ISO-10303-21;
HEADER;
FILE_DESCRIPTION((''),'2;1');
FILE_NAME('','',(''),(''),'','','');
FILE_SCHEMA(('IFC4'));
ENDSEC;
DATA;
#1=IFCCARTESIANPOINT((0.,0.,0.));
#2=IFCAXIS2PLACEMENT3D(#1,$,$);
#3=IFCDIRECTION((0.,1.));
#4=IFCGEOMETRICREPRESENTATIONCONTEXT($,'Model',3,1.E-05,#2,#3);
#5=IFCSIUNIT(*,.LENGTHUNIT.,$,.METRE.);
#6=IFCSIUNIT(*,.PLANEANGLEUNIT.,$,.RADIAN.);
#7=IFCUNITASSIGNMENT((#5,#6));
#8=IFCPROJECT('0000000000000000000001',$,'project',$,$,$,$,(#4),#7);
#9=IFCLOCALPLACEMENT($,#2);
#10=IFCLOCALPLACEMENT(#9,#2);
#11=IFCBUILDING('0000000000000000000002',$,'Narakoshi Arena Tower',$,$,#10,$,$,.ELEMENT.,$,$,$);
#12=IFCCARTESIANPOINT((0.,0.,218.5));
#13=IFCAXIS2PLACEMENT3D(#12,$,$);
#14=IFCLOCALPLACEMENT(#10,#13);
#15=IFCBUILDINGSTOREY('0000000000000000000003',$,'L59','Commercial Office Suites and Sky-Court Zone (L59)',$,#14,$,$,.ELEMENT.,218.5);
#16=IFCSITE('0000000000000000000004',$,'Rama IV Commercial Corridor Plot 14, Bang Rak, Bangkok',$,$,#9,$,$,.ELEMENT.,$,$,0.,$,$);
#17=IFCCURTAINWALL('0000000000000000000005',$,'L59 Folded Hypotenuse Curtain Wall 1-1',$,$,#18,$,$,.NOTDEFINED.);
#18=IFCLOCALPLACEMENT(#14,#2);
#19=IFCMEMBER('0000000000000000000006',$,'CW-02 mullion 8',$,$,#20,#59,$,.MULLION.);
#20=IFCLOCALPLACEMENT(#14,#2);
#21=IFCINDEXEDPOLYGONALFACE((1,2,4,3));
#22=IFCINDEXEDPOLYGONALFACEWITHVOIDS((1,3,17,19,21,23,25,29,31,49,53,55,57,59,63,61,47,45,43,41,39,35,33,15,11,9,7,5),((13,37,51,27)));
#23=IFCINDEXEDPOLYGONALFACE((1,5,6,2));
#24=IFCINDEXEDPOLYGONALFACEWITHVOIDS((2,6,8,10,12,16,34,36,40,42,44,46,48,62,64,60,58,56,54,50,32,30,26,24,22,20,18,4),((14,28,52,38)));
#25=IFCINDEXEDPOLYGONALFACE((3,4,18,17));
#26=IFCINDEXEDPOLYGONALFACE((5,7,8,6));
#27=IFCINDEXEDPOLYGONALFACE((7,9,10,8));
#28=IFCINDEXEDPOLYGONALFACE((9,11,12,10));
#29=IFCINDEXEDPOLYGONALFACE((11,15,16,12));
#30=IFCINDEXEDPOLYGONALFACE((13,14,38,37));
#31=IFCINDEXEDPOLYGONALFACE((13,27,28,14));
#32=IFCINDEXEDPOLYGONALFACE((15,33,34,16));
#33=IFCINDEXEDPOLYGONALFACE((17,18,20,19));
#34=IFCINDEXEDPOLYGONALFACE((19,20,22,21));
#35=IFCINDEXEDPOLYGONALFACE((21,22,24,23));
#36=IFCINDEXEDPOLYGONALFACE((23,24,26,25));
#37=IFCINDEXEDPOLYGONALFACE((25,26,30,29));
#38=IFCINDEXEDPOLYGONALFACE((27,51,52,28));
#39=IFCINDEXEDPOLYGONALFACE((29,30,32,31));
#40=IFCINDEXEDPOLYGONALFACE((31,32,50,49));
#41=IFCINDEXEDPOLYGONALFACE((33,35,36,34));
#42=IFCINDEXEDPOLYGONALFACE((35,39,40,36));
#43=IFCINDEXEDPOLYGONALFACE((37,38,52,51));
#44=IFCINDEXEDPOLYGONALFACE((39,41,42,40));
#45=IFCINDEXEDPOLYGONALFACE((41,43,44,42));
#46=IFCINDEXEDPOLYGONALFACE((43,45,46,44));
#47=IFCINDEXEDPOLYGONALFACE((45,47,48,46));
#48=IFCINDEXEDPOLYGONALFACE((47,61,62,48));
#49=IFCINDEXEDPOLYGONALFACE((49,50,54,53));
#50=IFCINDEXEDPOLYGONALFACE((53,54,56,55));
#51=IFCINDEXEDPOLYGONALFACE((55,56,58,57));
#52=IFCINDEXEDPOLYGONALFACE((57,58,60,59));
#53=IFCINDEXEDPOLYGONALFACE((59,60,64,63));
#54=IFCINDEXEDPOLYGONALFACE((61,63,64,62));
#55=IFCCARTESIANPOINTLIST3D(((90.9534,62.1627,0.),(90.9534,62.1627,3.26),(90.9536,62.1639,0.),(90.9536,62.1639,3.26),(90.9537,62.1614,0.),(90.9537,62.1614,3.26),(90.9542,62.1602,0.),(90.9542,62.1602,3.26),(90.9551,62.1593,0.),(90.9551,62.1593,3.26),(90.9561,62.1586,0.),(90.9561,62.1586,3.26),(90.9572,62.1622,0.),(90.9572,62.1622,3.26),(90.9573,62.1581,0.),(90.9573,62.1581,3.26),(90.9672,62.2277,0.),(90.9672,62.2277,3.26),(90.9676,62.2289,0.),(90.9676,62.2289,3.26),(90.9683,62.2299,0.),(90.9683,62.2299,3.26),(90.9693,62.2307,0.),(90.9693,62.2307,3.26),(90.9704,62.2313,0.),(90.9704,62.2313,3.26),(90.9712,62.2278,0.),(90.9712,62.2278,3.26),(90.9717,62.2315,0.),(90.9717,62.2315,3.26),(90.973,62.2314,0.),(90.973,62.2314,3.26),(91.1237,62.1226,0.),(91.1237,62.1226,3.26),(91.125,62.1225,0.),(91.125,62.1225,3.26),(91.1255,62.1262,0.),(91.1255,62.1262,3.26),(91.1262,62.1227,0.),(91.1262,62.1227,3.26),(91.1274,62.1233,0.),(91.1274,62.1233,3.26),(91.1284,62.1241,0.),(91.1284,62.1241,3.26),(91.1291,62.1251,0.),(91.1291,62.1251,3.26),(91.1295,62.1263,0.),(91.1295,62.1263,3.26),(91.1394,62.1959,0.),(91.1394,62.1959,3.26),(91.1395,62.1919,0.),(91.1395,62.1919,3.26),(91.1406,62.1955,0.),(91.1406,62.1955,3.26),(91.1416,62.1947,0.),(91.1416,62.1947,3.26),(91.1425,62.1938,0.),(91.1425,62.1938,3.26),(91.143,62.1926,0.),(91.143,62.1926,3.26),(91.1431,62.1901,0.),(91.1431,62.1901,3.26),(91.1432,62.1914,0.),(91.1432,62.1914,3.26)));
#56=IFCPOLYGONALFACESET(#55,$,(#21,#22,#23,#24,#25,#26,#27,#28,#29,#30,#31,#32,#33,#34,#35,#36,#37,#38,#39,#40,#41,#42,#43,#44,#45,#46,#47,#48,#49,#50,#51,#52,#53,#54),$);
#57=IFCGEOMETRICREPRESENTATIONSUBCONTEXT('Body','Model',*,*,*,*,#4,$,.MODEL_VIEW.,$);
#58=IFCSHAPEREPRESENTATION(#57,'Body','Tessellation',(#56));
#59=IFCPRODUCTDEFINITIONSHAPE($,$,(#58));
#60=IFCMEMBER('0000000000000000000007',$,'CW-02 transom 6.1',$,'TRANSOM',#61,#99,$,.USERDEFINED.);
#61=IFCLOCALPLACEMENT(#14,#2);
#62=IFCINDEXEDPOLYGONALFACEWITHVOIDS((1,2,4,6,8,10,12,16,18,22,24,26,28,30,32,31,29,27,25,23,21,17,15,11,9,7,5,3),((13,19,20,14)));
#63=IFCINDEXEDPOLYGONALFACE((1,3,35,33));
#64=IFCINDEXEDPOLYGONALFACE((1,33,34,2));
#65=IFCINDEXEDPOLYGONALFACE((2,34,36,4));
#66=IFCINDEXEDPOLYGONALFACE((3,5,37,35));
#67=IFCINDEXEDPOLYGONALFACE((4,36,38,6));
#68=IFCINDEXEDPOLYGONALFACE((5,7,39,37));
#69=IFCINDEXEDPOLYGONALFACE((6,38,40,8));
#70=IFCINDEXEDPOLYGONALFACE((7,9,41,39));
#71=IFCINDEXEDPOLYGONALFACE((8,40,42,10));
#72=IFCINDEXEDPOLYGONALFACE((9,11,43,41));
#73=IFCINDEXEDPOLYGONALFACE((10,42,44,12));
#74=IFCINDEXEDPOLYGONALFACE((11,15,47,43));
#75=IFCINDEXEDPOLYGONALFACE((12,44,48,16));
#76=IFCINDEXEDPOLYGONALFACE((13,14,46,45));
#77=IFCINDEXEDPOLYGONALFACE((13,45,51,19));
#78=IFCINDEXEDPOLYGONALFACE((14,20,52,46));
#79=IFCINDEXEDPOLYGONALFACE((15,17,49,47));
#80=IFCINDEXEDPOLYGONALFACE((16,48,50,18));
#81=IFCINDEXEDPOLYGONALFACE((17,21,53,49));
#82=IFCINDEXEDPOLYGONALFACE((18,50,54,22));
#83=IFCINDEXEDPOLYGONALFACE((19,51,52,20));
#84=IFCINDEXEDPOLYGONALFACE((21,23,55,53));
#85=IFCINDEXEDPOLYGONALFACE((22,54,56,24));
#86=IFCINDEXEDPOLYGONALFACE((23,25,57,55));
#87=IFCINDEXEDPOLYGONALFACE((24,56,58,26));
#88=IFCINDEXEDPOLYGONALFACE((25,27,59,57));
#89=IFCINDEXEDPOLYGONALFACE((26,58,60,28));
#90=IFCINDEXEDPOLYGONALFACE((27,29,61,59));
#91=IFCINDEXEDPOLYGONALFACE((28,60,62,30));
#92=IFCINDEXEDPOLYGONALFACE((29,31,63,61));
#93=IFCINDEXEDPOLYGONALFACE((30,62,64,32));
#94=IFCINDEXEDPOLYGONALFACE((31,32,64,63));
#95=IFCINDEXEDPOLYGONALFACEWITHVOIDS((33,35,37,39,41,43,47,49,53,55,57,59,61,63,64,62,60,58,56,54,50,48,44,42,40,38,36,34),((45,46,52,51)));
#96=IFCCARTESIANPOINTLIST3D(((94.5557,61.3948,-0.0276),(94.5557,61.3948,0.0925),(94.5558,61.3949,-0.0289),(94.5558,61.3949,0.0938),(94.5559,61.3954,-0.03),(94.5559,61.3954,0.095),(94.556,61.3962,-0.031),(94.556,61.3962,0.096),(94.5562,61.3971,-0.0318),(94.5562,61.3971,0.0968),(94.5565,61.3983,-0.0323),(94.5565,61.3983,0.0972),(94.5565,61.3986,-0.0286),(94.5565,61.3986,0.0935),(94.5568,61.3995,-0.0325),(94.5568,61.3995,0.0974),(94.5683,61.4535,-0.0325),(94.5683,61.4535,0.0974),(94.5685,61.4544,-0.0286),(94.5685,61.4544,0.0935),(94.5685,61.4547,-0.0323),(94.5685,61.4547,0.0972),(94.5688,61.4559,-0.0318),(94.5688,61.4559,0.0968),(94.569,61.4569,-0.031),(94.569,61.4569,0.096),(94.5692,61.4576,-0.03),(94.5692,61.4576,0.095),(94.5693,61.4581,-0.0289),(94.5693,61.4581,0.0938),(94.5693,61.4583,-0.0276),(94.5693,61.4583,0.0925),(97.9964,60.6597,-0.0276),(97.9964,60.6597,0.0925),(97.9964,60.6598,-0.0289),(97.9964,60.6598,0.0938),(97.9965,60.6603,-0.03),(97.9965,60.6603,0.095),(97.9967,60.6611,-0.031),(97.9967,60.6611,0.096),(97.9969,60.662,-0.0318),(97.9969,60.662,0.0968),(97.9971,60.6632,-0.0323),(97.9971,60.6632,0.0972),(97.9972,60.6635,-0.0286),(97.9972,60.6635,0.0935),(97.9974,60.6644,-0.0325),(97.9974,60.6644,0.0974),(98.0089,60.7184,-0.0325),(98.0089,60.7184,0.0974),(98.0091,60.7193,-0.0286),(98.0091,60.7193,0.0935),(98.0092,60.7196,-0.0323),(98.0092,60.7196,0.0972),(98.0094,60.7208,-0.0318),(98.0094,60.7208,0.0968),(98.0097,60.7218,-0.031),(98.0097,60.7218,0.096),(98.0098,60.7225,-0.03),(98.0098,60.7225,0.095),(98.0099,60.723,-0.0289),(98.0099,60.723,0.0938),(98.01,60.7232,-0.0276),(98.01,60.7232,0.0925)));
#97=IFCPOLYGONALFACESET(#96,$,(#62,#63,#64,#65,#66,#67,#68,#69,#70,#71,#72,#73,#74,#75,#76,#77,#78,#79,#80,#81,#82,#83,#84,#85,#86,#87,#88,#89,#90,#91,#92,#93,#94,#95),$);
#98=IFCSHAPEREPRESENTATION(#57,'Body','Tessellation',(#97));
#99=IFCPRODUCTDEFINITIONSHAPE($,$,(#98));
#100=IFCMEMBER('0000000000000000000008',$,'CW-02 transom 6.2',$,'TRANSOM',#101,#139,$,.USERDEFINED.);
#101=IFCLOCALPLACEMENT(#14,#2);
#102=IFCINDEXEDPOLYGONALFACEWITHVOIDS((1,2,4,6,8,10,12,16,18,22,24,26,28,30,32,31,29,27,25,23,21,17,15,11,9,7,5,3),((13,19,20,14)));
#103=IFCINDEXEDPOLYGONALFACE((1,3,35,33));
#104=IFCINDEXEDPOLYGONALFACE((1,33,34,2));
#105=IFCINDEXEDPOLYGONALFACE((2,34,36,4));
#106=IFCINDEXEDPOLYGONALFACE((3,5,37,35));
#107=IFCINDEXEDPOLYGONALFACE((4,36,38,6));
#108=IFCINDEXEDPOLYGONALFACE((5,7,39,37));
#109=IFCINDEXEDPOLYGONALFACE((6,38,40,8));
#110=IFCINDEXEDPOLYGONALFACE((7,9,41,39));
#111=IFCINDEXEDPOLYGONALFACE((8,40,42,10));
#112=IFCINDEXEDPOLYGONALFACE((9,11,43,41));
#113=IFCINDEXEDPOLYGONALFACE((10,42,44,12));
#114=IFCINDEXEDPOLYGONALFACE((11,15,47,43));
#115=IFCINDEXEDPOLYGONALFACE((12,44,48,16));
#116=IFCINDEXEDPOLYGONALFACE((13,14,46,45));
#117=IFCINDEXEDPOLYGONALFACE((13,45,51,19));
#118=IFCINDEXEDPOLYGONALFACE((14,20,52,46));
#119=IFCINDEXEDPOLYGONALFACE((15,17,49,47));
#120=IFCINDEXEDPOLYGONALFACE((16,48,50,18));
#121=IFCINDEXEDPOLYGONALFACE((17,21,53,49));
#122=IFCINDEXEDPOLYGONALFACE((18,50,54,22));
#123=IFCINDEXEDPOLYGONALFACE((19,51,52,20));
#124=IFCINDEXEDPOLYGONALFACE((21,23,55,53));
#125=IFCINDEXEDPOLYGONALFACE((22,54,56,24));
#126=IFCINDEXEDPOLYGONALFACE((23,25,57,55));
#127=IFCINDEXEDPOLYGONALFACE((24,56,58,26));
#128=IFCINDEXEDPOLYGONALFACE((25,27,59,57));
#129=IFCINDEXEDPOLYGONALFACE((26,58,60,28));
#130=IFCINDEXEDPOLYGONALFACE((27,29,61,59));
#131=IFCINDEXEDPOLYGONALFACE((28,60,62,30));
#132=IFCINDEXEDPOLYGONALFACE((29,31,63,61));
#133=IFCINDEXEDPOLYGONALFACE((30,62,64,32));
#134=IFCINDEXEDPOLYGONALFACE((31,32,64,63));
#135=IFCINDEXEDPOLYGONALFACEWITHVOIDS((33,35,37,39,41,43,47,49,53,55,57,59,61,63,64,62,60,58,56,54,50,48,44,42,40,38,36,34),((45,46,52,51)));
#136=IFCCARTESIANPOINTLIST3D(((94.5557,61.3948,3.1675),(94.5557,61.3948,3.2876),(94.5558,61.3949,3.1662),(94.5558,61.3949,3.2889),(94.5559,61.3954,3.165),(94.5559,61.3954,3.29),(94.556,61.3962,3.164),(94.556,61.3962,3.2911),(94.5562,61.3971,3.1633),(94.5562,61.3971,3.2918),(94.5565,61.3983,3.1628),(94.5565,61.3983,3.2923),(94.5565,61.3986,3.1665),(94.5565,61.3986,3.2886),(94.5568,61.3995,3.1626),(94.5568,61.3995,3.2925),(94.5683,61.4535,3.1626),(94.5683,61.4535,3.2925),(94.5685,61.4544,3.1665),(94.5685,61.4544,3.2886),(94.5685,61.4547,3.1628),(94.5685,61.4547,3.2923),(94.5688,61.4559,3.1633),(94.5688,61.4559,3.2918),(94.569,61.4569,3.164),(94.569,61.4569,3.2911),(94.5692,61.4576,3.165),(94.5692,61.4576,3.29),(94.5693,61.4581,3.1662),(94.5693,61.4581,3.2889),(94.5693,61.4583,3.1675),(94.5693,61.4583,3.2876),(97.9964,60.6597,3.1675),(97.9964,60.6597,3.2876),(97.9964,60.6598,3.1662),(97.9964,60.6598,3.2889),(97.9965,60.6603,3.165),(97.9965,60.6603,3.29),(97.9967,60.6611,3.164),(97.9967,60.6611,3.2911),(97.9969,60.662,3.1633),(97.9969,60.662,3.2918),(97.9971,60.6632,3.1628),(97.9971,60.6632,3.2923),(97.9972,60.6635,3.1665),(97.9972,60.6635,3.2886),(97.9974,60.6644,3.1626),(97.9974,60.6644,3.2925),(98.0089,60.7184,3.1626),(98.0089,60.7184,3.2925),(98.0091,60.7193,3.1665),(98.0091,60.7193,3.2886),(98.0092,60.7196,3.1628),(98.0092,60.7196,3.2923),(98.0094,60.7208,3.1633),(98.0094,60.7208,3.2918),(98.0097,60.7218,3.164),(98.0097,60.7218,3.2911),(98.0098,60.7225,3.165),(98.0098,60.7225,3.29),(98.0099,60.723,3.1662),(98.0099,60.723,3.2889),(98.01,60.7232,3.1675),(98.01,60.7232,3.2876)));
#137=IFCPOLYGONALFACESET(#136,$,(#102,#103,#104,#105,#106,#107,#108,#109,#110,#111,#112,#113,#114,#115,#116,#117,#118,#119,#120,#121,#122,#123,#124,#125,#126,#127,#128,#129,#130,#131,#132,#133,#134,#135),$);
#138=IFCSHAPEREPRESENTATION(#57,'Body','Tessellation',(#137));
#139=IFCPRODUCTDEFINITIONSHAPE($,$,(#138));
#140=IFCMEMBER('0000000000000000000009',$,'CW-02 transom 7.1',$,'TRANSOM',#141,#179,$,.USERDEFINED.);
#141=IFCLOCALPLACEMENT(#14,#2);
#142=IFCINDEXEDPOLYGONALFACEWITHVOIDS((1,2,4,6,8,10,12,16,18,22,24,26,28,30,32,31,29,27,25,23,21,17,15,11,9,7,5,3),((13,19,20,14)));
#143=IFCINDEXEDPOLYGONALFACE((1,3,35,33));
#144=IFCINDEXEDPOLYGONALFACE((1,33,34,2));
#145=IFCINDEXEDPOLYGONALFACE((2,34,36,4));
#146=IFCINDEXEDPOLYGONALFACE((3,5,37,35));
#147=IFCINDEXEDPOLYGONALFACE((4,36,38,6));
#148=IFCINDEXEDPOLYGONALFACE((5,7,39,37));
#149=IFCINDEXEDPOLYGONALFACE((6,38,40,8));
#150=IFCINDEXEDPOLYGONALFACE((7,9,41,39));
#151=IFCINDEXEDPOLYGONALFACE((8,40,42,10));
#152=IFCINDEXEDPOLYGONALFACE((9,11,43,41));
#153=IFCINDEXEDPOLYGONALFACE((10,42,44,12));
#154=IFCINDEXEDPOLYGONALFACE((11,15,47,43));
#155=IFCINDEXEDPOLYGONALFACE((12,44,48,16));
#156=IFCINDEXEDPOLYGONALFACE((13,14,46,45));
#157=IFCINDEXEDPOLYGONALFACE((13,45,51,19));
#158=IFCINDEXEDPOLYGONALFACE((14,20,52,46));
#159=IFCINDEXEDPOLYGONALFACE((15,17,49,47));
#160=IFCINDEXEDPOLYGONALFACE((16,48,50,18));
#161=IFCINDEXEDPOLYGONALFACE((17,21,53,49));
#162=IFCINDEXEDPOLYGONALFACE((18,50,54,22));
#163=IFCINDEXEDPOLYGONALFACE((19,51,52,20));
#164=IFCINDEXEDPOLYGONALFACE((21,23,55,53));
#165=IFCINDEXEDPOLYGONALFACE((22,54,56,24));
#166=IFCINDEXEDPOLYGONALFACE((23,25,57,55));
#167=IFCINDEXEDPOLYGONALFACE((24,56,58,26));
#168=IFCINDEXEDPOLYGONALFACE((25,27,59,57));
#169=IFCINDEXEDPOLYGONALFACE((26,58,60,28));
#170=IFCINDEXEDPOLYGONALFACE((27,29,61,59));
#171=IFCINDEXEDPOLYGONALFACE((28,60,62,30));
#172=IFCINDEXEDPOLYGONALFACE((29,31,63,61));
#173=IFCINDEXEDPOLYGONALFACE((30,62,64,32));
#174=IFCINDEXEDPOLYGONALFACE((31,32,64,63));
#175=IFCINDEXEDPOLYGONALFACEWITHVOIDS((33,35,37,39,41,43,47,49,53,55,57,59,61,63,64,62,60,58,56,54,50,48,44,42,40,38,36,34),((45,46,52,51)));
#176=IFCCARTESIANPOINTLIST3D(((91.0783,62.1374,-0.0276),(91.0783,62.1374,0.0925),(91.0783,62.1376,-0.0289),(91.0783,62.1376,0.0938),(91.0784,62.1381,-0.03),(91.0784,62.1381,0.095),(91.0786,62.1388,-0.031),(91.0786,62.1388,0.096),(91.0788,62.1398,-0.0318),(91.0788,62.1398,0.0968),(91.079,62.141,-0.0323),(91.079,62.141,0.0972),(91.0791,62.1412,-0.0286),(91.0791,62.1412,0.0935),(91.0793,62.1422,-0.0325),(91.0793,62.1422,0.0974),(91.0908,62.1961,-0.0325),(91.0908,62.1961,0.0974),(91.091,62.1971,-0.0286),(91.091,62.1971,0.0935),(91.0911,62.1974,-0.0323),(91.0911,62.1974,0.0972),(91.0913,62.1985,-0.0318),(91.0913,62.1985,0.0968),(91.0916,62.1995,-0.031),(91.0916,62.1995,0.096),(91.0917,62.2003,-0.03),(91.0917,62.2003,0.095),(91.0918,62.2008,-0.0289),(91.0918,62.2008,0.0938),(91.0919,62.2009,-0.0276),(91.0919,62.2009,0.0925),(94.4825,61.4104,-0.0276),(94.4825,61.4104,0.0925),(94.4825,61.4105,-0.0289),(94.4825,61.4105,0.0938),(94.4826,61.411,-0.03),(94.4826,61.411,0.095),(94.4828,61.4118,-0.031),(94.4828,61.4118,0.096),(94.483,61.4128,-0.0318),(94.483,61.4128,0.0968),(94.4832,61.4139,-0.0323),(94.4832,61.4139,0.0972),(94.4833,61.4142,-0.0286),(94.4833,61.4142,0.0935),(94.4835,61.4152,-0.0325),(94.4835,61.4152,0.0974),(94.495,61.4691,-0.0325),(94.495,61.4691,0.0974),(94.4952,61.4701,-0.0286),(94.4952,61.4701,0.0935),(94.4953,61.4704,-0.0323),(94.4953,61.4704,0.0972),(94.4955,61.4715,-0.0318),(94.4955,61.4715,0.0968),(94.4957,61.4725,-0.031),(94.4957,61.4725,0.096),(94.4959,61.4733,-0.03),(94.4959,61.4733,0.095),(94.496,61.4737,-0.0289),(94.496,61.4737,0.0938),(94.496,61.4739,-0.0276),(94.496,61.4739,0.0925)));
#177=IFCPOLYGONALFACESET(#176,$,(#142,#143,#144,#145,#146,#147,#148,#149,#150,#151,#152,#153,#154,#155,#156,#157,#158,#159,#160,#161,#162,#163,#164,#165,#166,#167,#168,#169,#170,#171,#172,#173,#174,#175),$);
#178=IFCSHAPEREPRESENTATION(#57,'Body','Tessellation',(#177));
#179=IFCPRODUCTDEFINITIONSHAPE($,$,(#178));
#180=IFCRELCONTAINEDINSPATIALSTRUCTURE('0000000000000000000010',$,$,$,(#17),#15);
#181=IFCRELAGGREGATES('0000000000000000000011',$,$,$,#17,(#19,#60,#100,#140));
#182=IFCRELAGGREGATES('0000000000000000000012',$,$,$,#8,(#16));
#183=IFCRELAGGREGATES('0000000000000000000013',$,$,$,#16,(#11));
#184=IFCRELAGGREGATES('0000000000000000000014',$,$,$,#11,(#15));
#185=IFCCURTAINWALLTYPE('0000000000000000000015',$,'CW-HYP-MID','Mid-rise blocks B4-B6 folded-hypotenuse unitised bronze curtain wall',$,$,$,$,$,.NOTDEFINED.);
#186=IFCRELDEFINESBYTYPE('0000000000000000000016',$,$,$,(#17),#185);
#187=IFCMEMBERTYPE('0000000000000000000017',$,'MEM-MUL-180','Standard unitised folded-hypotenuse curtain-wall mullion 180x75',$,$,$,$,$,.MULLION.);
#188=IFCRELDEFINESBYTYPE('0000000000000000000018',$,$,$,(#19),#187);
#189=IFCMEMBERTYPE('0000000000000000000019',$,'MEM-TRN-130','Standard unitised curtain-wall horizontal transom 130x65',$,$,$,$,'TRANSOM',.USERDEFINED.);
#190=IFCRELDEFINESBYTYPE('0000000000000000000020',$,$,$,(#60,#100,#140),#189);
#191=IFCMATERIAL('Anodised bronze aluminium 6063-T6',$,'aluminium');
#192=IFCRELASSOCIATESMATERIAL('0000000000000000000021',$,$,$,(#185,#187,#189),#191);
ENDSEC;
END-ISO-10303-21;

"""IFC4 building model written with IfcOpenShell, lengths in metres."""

from ifc_helpers import new_model, si_unit, direction, frame, origin, origin_2d, place, context, subcontext, project, spatial, hollow_rectangle, extrude, material, material_profile, profile_set, type_object, element, aggregate, save


model = new_model("IFC4")

# Units and contexts
model_context = context("Model", 3, precision=1e-05, world=origin(), true_north=direction((0.0, 1.0)))
body_context = subcontext(model_context, "Body", "Model", "MODEL_VIEW")
ifc_project = project(units=[si_unit("LENGTHUNIT", "METRE"), si_unit("PLANEANGLEUNIT", "RADIAN")], contexts=[model_context])

# Site, building, storey
site_placement = place(None, origin())
site = spatial("IfcSite", under=ifc_project, at=site_placement, Name="Rama IV Commercial Corridor Plot 14, Bang Rak, Bangkok", CompositionType="ELEMENT", RefElevation=0.0)
building_placement = place(site_placement, origin())
building = spatial("IfcBuilding", under=site, at=building_placement, Name="Narakoshi Arena Tower", CompositionType="ELEMENT")
storey_placement = place(building_placement, frame((0.0, 0.0, 218.5)))
storey = spatial("IfcBuildingStorey", under=building, at=storey_placement, Name="L59", Description="Commercial Office Suites and Sky-Court Zone (L59)", CompositionType="ELEMENT", Elevation=218.5)

# Curtain wall, members
ifc_material_1 = material(Name="Anodised bronze aluminium 6063-T6", Category="aluminium")
curtain_wall_type = type_object("IfcCurtainWallType", Name="CW-HYP-MID", Description="Mid-rise blocks B4-B6 folded-hypotenuse unitised bronze curtain wall", PredefinedType="NOTDEFINED", material=ifc_material_1)
curtain_wall_placement = place(storey_placement, origin())
curtain_wall = element("IfcCurtainWall", 1, at=curtain_wall_placement, inside=storey, type_object=curtain_wall_type, Name="L59 Folded Hypotenuse Curtain Wall 1-1", PredefinedType="NOTDEFINED")
ifc_material_profile_1 = material_profile(ifc_material_1, hollow_rectangle(XDim=0.075, YDim=0.1799, WallThickness=0.0039, OuterFilletRadius=0.0049, at=origin_2d()), Name="MUL180x75x4")
ifc_profile_set_1 = profile_set([ifc_material_profile_1], Name="Anodised bronze aluminium 6063-T6")
member_type_1 = type_object("IfcMemberType", Name="MEM-MUL-180", Description="Standard unitised folded-hypotenuse curtain-wall mullion 180x75", PredefinedType="MULLION", material=ifc_profile_set_1)
member_1_placement = place(storey_placement, frame((91.0483, 62.177, 0.0), z_axis=(0.0, 0.0, 1.0), x_axis=(-0.208899, -0.977937, 0.0)))
member_1 = element("IfcMember", 2, at=member_1_placement, type_object=member_type_1, Name="CW-02 mullion 8", PredefinedType="MULLION", context=body_context, shape_type="SweptSolid", body=[
    extrude(hollow_rectangle(XDim=0.075, YDim=0.1799, WallThickness=0.0039, OuterFilletRadius=0.0049, at=origin_2d()), origin(), (0.0, 0.0, 1.0), 3.26),
])
ifc_material_profile_2 = material_profile(ifc_material_1, hollow_rectangle(XDim=0.0649, YDim=0.1299, WallThickness=0.0039, OuterFilletRadius=0.0049, at=origin_2d()), Name="TRN130x65x4")
ifc_profile_set_2 = profile_set([ifc_material_profile_2], Name="Anodised bronze aluminium 6063-T6")
member_type_2 = type_object("IfcMemberType", Name="MEM-TRN-130", Description="Standard unitised curtain-wall horizontal transom 130x65", ElementType="TRANSOM", PredefinedType="USERDEFINED", material=ifc_profile_set_2)
member_2_placement = place(storey_placement, frame((98.0032, 60.6914, 0.0325), z_axis=(-0.977929, 0.208937, 0.0), x_axis=(-0.208937, -0.977929, 0.0)))
member_2 = element("IfcMember", 3, at=member_2_placement, type_object=member_type_2, Name="CW-02 transom 6.1", ObjectType="TRANSOM", PredefinedType="USERDEFINED", context=body_context, shape_type="SweptSolid", body=[
    extrude(hollow_rectangle(XDim=0.0649, YDim=0.1299, WallThickness=0.0039, OuterFilletRadius=0.0049, at=origin_2d()), origin(), (0.0, 0.0, 1.0), 3.5183),
])
member_3_placement = place(storey_placement, frame((98.0032, 60.6914, 3.2275), z_axis=(-0.977929, 0.208937, 0.0), x_axis=(-0.208937, -0.977929, 0.0)))
member_3 = element("IfcMember", 4, at=member_3_placement, type_object=member_type_2, Name="CW-02 transom 6.2", ObjectType="TRANSOM", PredefinedType="USERDEFINED", context=body_context, shape_type="SweptSolid", body=[
    extrude(hollow_rectangle(XDim=0.0649, YDim=0.1299, WallThickness=0.0039, OuterFilletRadius=0.0049, at=origin_2d()), origin(), (0.0, 0.0, 1.0), 3.5183),
])
member_4_placement = place(storey_placement, frame((94.4893, 61.4421, 0.0325), z_axis=(-0.977946, 0.208858, 0.0), x_axis=(-0.208858, -0.977946, 0.0)))
member_4 = element("IfcMember", 5, at=member_4_placement, type_object=member_type_2, Name="CW-02 transom 7.1", ObjectType="TRANSOM", PredefinedType="USERDEFINED", context=body_context, shape_type="SweptSolid", body=[
    extrude(hollow_rectangle(XDim=0.0649, YDim=0.1299, WallThickness=0.0039, OuterFilletRadius=0.0049, at=origin_2d()), origin(), (0.0, 0.0, 1.0), 3.481),
])
aggregate(curtain_wall, [member_1, member_2, member_3, member_4])

save(model, "model.ifc")
